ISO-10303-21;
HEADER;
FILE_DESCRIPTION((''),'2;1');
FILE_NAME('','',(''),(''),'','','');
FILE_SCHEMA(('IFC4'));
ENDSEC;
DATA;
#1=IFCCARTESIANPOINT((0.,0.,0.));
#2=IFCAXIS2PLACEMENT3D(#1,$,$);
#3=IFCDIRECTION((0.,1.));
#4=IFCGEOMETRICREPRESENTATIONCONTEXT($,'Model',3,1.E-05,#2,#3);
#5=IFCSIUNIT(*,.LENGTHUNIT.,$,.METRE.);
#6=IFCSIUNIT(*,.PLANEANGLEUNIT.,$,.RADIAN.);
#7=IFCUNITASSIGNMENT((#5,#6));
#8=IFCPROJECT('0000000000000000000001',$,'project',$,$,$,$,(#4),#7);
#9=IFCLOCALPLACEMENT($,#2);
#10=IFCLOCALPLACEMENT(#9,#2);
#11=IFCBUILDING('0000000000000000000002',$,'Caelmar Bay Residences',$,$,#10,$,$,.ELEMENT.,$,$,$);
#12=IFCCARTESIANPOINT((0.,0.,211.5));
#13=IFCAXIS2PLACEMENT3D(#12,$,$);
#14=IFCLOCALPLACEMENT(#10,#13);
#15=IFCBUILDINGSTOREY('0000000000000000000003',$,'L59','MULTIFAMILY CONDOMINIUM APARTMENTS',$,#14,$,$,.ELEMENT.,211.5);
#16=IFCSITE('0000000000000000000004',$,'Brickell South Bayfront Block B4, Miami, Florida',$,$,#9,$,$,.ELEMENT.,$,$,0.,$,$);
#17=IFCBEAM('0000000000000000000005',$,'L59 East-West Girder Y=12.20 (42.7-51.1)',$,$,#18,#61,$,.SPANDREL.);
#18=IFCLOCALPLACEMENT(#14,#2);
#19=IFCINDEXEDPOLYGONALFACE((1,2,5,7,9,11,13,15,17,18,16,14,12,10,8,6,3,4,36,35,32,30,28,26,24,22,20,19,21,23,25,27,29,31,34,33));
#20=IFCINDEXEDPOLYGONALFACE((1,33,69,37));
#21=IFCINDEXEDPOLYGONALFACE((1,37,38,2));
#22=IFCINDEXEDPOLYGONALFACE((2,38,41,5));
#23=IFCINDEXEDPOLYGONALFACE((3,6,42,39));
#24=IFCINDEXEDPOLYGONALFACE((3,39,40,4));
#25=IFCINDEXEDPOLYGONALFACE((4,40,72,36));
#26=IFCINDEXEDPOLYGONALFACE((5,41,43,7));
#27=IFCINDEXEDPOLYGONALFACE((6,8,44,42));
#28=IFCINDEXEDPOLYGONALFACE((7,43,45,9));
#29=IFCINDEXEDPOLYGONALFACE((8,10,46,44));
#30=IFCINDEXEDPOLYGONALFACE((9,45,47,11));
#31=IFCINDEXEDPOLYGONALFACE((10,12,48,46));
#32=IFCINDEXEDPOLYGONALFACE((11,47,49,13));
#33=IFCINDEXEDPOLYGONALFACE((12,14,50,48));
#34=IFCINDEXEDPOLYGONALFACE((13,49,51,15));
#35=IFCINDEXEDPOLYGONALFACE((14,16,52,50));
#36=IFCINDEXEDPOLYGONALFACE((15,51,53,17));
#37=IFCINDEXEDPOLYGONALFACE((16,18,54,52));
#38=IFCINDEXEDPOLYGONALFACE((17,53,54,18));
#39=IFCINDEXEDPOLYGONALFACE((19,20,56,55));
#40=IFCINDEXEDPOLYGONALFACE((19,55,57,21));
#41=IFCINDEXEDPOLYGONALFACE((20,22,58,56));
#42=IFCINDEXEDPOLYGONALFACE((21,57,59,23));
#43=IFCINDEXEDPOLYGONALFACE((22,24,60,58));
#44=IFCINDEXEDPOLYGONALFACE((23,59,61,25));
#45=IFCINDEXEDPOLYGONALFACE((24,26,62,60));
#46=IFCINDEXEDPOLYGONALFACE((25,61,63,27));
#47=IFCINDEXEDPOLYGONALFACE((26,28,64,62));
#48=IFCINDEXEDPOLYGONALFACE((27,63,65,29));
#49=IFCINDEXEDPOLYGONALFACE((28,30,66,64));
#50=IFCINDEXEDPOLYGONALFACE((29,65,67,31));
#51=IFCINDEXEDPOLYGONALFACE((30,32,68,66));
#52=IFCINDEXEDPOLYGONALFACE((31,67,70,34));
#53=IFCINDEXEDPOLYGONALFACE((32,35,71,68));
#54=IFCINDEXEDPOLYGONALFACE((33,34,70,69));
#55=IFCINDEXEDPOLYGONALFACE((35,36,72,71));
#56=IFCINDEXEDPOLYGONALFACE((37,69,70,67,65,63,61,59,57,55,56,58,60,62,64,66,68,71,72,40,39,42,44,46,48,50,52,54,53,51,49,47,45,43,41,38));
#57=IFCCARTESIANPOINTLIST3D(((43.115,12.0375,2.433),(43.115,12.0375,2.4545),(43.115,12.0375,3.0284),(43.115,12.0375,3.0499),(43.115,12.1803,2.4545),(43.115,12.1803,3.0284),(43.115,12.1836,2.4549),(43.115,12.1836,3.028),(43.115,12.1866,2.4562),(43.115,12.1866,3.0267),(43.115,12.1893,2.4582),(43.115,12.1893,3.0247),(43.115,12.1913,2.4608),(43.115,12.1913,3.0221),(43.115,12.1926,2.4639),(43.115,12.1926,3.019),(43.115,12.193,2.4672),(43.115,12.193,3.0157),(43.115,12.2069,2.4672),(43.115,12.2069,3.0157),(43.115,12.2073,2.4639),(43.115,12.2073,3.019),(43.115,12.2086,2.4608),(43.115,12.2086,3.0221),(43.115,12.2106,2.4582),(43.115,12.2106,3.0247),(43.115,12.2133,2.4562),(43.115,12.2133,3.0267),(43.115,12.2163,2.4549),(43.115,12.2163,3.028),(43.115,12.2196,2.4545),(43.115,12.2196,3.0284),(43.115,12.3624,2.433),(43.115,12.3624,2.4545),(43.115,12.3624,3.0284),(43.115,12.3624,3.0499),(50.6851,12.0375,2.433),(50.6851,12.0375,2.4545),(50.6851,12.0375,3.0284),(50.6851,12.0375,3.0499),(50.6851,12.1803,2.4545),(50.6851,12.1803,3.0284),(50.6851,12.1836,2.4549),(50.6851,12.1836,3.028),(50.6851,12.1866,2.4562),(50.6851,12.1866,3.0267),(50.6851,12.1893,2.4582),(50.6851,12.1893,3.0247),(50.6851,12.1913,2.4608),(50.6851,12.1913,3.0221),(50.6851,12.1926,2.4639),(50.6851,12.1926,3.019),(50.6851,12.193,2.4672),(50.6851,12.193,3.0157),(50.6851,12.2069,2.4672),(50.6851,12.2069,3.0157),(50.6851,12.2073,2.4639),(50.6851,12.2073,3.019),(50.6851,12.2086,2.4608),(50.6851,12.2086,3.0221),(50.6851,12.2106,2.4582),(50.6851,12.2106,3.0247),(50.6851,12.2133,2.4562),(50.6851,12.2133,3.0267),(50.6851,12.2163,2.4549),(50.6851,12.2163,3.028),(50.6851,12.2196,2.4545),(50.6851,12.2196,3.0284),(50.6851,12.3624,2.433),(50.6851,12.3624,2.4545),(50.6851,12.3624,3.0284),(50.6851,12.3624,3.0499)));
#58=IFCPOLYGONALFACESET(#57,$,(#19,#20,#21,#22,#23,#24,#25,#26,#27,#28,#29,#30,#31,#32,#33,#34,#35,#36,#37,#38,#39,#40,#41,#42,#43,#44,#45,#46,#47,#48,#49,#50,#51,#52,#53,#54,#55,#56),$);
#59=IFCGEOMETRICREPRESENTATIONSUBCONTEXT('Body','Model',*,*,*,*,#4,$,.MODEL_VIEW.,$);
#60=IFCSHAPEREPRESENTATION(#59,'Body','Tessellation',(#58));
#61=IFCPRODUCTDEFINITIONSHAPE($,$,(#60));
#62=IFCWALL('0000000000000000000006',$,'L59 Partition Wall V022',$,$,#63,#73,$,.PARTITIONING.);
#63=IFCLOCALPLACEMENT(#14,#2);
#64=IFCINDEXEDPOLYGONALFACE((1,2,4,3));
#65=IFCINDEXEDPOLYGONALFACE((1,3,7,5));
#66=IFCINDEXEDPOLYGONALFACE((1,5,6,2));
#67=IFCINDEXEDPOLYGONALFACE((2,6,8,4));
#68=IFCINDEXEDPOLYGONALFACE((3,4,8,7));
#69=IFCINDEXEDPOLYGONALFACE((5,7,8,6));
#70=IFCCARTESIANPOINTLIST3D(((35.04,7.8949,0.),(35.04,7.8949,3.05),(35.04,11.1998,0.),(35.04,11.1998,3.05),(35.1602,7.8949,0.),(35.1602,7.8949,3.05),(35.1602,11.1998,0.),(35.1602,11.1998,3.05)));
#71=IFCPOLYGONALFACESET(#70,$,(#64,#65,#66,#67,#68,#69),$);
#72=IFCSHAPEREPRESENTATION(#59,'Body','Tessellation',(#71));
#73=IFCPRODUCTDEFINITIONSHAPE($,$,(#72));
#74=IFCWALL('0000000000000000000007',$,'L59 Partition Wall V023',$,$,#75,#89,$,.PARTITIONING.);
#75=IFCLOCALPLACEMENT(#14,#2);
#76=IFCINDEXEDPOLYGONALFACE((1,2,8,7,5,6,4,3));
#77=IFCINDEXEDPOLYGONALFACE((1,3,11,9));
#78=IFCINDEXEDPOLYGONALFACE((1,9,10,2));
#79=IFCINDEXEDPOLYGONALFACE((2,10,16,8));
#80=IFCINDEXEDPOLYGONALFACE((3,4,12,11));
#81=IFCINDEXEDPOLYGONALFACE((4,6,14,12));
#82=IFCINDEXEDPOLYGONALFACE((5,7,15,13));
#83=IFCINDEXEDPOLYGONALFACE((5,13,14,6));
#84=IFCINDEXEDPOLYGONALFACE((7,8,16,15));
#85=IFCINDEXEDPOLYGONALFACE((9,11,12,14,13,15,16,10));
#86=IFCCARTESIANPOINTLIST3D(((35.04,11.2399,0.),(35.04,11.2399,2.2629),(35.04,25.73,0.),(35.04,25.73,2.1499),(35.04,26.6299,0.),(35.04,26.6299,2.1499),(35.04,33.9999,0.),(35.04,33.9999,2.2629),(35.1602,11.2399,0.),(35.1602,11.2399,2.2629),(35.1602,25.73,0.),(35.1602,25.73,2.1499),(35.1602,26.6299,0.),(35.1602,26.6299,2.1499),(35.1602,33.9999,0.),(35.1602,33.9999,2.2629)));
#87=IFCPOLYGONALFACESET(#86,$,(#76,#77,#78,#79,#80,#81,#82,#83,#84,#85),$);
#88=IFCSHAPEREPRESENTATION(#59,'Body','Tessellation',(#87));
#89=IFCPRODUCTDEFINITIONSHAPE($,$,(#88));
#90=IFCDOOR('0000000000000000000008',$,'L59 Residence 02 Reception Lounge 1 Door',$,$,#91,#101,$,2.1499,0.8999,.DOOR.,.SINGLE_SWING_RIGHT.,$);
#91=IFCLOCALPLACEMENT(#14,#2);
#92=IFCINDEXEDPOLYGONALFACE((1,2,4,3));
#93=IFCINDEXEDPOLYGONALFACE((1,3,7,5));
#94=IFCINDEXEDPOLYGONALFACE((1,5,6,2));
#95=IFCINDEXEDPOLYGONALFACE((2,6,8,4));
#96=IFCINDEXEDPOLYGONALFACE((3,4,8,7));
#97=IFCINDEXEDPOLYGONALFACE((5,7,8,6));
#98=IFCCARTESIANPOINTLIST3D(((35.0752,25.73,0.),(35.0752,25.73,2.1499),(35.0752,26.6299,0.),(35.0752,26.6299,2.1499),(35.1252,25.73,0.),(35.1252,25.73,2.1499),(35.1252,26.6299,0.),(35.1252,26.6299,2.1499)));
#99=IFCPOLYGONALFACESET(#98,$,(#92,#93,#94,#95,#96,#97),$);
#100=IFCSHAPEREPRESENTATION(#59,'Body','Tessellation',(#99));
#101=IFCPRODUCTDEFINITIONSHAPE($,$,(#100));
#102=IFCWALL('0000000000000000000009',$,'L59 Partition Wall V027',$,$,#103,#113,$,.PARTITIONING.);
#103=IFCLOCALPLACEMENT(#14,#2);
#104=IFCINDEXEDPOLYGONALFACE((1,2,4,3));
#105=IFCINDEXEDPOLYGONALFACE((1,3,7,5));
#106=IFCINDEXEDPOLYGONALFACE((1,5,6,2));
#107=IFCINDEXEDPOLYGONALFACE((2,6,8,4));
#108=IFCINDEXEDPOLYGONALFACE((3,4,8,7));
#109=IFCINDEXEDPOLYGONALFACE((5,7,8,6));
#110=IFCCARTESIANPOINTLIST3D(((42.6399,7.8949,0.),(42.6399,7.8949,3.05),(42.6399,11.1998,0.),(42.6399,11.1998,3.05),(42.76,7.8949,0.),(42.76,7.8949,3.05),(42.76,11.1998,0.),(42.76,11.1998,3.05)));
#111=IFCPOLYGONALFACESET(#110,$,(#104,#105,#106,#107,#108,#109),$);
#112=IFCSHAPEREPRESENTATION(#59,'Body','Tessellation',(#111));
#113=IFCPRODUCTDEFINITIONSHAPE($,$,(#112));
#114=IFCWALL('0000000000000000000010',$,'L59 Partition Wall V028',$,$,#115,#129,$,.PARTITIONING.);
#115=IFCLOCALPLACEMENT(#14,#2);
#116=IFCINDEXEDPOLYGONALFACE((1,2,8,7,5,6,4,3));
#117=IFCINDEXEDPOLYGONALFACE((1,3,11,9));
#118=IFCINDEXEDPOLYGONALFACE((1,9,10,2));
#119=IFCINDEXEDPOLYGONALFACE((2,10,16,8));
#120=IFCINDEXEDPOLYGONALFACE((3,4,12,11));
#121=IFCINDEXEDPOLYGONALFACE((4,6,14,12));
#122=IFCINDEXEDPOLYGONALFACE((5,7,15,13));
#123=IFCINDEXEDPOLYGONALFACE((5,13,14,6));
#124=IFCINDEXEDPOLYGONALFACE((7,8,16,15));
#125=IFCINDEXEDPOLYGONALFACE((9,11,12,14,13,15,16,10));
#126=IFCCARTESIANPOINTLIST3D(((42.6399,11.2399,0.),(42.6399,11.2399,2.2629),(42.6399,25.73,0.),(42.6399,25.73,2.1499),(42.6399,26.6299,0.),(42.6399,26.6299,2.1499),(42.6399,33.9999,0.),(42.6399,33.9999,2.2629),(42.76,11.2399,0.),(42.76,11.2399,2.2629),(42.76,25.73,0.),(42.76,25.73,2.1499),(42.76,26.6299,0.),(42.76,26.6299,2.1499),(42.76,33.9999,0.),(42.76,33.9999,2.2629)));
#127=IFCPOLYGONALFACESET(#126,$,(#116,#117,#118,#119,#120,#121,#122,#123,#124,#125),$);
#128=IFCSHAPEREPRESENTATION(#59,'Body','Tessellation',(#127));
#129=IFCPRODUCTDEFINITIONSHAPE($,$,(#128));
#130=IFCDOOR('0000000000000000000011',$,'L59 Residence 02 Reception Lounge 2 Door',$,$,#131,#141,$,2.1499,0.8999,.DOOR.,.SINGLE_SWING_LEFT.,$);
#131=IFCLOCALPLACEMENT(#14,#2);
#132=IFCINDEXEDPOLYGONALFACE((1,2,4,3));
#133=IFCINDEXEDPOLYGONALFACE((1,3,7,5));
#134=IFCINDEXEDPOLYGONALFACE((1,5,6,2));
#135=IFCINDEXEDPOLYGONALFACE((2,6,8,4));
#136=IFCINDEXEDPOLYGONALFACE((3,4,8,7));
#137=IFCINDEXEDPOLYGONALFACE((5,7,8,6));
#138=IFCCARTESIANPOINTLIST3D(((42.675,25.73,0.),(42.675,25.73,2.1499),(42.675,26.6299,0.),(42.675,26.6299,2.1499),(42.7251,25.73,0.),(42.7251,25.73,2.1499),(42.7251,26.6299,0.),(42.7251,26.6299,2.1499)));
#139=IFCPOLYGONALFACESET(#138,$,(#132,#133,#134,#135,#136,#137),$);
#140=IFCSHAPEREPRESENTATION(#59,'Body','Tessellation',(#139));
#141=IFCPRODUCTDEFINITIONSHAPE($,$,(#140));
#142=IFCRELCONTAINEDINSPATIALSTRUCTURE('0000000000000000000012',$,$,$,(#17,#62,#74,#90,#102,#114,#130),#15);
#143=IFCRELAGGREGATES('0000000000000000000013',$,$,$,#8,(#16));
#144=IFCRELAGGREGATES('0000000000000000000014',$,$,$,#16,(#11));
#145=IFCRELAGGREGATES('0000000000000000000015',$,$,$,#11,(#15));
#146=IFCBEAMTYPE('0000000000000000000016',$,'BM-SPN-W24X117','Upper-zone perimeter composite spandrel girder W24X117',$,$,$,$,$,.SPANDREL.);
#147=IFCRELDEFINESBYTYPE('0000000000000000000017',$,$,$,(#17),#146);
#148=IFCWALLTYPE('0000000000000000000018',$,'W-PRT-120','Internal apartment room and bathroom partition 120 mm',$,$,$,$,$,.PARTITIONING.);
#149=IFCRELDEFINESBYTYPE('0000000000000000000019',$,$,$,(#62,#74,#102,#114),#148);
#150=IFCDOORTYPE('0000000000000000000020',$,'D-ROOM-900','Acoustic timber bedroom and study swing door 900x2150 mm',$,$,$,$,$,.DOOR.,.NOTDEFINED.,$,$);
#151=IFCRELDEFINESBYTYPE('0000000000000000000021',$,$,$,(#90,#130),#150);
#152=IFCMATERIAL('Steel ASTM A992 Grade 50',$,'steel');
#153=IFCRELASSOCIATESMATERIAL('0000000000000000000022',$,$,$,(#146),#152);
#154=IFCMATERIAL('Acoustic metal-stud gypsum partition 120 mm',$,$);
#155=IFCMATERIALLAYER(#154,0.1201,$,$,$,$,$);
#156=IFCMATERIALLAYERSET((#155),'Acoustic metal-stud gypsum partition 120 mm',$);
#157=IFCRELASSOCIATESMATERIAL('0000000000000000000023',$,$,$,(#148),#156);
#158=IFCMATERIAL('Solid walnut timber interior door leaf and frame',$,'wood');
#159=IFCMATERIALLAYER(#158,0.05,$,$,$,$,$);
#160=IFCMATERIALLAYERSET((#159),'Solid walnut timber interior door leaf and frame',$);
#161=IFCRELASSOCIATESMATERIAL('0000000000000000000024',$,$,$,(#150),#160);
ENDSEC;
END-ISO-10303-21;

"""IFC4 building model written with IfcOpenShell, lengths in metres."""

from ifc_helpers import new_model, si_unit, direction, frame, frame_2d, origin, origin_2d, place, context, subcontext, project, spatial, rectangle, i_section, extrude, material, layer, layer_set, material_profile, profile_set, type_object, element, fill, save


model = new_model("IFC4")

# Units and contexts
model_context = context("Model", 3, precision=1e-05, world=origin(), true_north=direction((0.0, 1.0)))
body_context = subcontext(model_context, "Body", "Model", "MODEL_VIEW")
ifc_project = project(units=[si_unit("LENGTHUNIT", "METRE"), si_unit("PLANEANGLEUNIT", "RADIAN")], contexts=[model_context])

# Site, building, storey
site_placement = place(None, origin())
site = spatial("IfcSite", under=ifc_project, at=site_placement, Name="Brickell South Bayfront Block B4, Miami, Florida", CompositionType="ELEMENT", RefElevation=0.0)
building_placement = place(site_placement, origin())
building = spatial("IfcBuilding", under=site, at=building_placement, Name="Caelmar Bay Residences", CompositionType="ELEMENT")
storey_placement = place(building_placement, frame((0.0, 0.0, 211.5)))
storey = spatial("IfcBuildingStorey", under=building, at=storey_placement, Name="L59", Description="MULTIFAMILY CONDOMINIUM APARTMENTS", CompositionType="ELEMENT", Elevation=211.5)

# Beam
ifc_material_1 = material(Name="Steel ASTM A992 Grade 50", Category="steel")
ifc_material_profile_1 = material_profile(ifc_material_1, i_section(OverallWidth=0.325, OverallDepth=0.6169, WebThickness=0.0139, FlangeThickness=0.0215, FilletRadius=0.0127, at=origin_2d()), Name="W24X117")
ifc_profile_set_1 = profile_set([ifc_material_profile_1], Name="Steel ASTM A992 Grade 50")
beam_type_1 = type_object("IfcBeamType", Name="BM-SPN-W24X117", Description="Upper-zone perimeter composite spandrel girder W24X117", PredefinedType="SPANDREL", material=ifc_profile_set_1)
beam_1_placement = place(storey_placement, frame((43.115, 12.2, 2.7415), z_axis=(1.0, 0.0, 0.0), x_axis=(0.0, 1.0, 0.0)))
element("IfcBeam", 1, at=beam_1_placement, inside=storey, type_object=beam_type_1, Name="L59 East-West Girder Y=12.20 (42.7-51.1)", PredefinedType="SPANDREL", context=body_context, shape_type="SweptSolid", body=[
    extrude(i_section(OverallWidth=0.325, OverallDepth=0.6169, WebThickness=0.0139, FlangeThickness=0.0215, FilletRadius=0.0127, at=origin_2d()), origin(), (0.0, 0.0, 1.0), 7.5701),
])

# Wall
ifc_material_2 = material(Name="Acoustic metal-stud gypsum partition 120 mm")
ifc_layer_1 = layer(ifc_material_2, 0.1201)
ifc_layer_set_1 = layer_set([ifc_layer_1], Name="Acoustic metal-stud gypsum partition 120 mm")
wall_type_1 = type_object("IfcWallType", Name="W-PRT-120", Description="Internal apartment room and bathroom partition 120 mm", PredefinedType="PARTITIONING", material=ifc_layer_set_1)
wall_1_placement = place(storey_placement, frame((35.1001, 7.895, 0.0), z_axis=(0.0, 0.0, 1.0), x_axis=(0.0, 1.0, 0.0)))
element("IfcWall", 2, at=wall_1_placement, inside=storey, type_object=wall_type_1, Name="L59 Partition Wall V022", PredefinedType="PARTITIONING", context=body_context, shape_type="SweptSolid", body=[
    extrude(rectangle(XDim=3.3049, YDim=0.1201, at=frame_2d((1.6523, 0.0))), origin(), (0.0, 0.0, 1.0), 3.05),
])

# Wall, opening, door
wall_2_placement = place(storey_placement, frame((35.1001, 11.24, 0.0), z_axis=(0.0, 0.0, 1.0), x_axis=(0.0, 1.0, 0.0)))
wall_2 = element("IfcWall", 3, at=wall_2_placement, inside=storey, type_object=wall_type_1, Name="L59 Partition Wall V023", PredefinedType="PARTITIONING", context=body_context, shape_type="SweptSolid", body=[
    extrude(rectangle(XDim=22.76, YDim=0.1201, at=frame_2d((11.3799, 0.0))), origin(), (0.0, 0.0, 1.0), 2.2629),
])
opening_1_placement = place(wall_2_placement, frame((14.49, 0.0, 0.0)))
opening_1 = element("IfcOpeningElement", 4, at=opening_1_placement, cuts=wall_2, PredefinedType="OPENING", context=body_context, shape_type="SweptSolid", body=[
    extrude(rectangle(XDim=0.8999, YDim=2.1499, at=frame_2d((0.45, 1.075))), frame((0.0, 0.0701, 0.0), z_axis=(0.0, -1.0, 0.0), x_axis=(1.0, 0.0, 0.0)), (0.0, 0.0, 1.0), 0.1401),
])
ifc_material_3 = material(Name="Solid walnut timber interior door leaf and frame", Category="wood")
ifc_layer_2 = layer(ifc_material_3, 0.05)
ifc_layer_set_2 = layer_set([ifc_layer_2], Name="Solid walnut timber interior door leaf and frame")
door_type = type_object("IfcDoorType", Name="D-ROOM-900", Description="Acoustic timber bedroom and study swing door 900x2150 mm", OperationType="NOTDEFINED", PredefinedType="DOOR", material=ifc_layer_set_2)
door_1_placement = place(opening_1_placement, origin())
door_1 = element("IfcDoor", 5, at=door_1_placement, inside=storey, type_object=door_type, Name="L59 Residence 02 Reception Lounge 1 Door", OperationType="SINGLE_SWING_RIGHT", OverallHeight=2.1499, OverallWidth=0.8999, PredefinedType="DOOR", context=body_context, shape_type="SweptSolid", body=[
    extrude(rectangle(XDim=0.8999, YDim=2.1499, at=frame_2d((0.45, 1.075))), frame((0.0, 0.0249, 0.0), z_axis=(0.0, -1.0, 0.0), x_axis=(1.0, 0.0, 0.0)), (0.0, 0.0, 1.0), 0.05),
])
fill(opening_1, door_1)

# Wall
wall_3_placement = place(storey_placement, frame((42.7, 7.895, 0.0), z_axis=(0.0, 0.0, 1.0), x_axis=(0.0, 1.0, 0.0)))
element("IfcWall", 6, at=wall_3_placement, inside=storey, type_object=wall_type_1, Name="L59 Partition Wall V027", PredefinedType="PARTITIONING", context=body_context, shape_type="SweptSolid", body=[
    extrude(rectangle(XDim=3.3049, YDim=0.1201, at=frame_2d((1.6523, 0.0))), origin(), (0.0, 0.0, 1.0), 3.05),
])

# Wall, opening, door
wall_4_placement = place(storey_placement, frame((42.7, 11.24, 0.0), z_axis=(0.0, 0.0, 1.0), x_axis=(0.0, 1.0, 0.0)))
wall_4 = element("IfcWall", 7, at=wall_4_placement, inside=storey, type_object=wall_type_1, Name="L59 Partition Wall V028", PredefinedType="PARTITIONING", context=body_context, shape_type="SweptSolid", body=[
    extrude(rectangle(XDim=22.76, YDim=0.1201, at=frame_2d((11.3799, 0.0))), origin(), (0.0, 0.0, 1.0), 2.2629),
])
opening_2_placement = place(wall_4_placement, frame((14.49, 0.0, 0.0)))
opening_2 = element("IfcOpeningElement", 8, at=opening_2_placement, cuts=wall_4, PredefinedType="OPENING", context=body_context, shape_type="SweptSolid", body=[
    extrude(rectangle(XDim=0.8999, YDim=2.1499, at=frame_2d((0.45, 1.075))), frame((0.0, 0.0701, 0.0), z_axis=(0.0, -1.0, 0.0), x_axis=(1.0, 0.0, 0.0)), (0.0, 0.0, 1.0), 0.1401),
])
door_2_placement = place(opening_2_placement, origin())
door_2 = element("IfcDoor", 9, at=door_2_placement, inside=storey, type_object=door_type, Name="L59 Residence 02 Reception Lounge 2 Door", OperationType="SINGLE_SWING_LEFT", OverallHeight=2.1499, OverallWidth=0.8999, PredefinedType="DOOR", context=body_context, shape_type="SweptSolid", body=[
    extrude(rectangle(XDim=0.8999, YDim=2.1499, at=frame_2d((0.45, 1.075))), frame((0.0, 0.0249, 0.0), z_axis=(0.0, -1.0, 0.0), x_axis=(1.0, 0.0, 0.0)), (0.0, 0.0, 1.0), 0.05),
])
fill(opening_2, door_2)

save(model, "model.ifc")
